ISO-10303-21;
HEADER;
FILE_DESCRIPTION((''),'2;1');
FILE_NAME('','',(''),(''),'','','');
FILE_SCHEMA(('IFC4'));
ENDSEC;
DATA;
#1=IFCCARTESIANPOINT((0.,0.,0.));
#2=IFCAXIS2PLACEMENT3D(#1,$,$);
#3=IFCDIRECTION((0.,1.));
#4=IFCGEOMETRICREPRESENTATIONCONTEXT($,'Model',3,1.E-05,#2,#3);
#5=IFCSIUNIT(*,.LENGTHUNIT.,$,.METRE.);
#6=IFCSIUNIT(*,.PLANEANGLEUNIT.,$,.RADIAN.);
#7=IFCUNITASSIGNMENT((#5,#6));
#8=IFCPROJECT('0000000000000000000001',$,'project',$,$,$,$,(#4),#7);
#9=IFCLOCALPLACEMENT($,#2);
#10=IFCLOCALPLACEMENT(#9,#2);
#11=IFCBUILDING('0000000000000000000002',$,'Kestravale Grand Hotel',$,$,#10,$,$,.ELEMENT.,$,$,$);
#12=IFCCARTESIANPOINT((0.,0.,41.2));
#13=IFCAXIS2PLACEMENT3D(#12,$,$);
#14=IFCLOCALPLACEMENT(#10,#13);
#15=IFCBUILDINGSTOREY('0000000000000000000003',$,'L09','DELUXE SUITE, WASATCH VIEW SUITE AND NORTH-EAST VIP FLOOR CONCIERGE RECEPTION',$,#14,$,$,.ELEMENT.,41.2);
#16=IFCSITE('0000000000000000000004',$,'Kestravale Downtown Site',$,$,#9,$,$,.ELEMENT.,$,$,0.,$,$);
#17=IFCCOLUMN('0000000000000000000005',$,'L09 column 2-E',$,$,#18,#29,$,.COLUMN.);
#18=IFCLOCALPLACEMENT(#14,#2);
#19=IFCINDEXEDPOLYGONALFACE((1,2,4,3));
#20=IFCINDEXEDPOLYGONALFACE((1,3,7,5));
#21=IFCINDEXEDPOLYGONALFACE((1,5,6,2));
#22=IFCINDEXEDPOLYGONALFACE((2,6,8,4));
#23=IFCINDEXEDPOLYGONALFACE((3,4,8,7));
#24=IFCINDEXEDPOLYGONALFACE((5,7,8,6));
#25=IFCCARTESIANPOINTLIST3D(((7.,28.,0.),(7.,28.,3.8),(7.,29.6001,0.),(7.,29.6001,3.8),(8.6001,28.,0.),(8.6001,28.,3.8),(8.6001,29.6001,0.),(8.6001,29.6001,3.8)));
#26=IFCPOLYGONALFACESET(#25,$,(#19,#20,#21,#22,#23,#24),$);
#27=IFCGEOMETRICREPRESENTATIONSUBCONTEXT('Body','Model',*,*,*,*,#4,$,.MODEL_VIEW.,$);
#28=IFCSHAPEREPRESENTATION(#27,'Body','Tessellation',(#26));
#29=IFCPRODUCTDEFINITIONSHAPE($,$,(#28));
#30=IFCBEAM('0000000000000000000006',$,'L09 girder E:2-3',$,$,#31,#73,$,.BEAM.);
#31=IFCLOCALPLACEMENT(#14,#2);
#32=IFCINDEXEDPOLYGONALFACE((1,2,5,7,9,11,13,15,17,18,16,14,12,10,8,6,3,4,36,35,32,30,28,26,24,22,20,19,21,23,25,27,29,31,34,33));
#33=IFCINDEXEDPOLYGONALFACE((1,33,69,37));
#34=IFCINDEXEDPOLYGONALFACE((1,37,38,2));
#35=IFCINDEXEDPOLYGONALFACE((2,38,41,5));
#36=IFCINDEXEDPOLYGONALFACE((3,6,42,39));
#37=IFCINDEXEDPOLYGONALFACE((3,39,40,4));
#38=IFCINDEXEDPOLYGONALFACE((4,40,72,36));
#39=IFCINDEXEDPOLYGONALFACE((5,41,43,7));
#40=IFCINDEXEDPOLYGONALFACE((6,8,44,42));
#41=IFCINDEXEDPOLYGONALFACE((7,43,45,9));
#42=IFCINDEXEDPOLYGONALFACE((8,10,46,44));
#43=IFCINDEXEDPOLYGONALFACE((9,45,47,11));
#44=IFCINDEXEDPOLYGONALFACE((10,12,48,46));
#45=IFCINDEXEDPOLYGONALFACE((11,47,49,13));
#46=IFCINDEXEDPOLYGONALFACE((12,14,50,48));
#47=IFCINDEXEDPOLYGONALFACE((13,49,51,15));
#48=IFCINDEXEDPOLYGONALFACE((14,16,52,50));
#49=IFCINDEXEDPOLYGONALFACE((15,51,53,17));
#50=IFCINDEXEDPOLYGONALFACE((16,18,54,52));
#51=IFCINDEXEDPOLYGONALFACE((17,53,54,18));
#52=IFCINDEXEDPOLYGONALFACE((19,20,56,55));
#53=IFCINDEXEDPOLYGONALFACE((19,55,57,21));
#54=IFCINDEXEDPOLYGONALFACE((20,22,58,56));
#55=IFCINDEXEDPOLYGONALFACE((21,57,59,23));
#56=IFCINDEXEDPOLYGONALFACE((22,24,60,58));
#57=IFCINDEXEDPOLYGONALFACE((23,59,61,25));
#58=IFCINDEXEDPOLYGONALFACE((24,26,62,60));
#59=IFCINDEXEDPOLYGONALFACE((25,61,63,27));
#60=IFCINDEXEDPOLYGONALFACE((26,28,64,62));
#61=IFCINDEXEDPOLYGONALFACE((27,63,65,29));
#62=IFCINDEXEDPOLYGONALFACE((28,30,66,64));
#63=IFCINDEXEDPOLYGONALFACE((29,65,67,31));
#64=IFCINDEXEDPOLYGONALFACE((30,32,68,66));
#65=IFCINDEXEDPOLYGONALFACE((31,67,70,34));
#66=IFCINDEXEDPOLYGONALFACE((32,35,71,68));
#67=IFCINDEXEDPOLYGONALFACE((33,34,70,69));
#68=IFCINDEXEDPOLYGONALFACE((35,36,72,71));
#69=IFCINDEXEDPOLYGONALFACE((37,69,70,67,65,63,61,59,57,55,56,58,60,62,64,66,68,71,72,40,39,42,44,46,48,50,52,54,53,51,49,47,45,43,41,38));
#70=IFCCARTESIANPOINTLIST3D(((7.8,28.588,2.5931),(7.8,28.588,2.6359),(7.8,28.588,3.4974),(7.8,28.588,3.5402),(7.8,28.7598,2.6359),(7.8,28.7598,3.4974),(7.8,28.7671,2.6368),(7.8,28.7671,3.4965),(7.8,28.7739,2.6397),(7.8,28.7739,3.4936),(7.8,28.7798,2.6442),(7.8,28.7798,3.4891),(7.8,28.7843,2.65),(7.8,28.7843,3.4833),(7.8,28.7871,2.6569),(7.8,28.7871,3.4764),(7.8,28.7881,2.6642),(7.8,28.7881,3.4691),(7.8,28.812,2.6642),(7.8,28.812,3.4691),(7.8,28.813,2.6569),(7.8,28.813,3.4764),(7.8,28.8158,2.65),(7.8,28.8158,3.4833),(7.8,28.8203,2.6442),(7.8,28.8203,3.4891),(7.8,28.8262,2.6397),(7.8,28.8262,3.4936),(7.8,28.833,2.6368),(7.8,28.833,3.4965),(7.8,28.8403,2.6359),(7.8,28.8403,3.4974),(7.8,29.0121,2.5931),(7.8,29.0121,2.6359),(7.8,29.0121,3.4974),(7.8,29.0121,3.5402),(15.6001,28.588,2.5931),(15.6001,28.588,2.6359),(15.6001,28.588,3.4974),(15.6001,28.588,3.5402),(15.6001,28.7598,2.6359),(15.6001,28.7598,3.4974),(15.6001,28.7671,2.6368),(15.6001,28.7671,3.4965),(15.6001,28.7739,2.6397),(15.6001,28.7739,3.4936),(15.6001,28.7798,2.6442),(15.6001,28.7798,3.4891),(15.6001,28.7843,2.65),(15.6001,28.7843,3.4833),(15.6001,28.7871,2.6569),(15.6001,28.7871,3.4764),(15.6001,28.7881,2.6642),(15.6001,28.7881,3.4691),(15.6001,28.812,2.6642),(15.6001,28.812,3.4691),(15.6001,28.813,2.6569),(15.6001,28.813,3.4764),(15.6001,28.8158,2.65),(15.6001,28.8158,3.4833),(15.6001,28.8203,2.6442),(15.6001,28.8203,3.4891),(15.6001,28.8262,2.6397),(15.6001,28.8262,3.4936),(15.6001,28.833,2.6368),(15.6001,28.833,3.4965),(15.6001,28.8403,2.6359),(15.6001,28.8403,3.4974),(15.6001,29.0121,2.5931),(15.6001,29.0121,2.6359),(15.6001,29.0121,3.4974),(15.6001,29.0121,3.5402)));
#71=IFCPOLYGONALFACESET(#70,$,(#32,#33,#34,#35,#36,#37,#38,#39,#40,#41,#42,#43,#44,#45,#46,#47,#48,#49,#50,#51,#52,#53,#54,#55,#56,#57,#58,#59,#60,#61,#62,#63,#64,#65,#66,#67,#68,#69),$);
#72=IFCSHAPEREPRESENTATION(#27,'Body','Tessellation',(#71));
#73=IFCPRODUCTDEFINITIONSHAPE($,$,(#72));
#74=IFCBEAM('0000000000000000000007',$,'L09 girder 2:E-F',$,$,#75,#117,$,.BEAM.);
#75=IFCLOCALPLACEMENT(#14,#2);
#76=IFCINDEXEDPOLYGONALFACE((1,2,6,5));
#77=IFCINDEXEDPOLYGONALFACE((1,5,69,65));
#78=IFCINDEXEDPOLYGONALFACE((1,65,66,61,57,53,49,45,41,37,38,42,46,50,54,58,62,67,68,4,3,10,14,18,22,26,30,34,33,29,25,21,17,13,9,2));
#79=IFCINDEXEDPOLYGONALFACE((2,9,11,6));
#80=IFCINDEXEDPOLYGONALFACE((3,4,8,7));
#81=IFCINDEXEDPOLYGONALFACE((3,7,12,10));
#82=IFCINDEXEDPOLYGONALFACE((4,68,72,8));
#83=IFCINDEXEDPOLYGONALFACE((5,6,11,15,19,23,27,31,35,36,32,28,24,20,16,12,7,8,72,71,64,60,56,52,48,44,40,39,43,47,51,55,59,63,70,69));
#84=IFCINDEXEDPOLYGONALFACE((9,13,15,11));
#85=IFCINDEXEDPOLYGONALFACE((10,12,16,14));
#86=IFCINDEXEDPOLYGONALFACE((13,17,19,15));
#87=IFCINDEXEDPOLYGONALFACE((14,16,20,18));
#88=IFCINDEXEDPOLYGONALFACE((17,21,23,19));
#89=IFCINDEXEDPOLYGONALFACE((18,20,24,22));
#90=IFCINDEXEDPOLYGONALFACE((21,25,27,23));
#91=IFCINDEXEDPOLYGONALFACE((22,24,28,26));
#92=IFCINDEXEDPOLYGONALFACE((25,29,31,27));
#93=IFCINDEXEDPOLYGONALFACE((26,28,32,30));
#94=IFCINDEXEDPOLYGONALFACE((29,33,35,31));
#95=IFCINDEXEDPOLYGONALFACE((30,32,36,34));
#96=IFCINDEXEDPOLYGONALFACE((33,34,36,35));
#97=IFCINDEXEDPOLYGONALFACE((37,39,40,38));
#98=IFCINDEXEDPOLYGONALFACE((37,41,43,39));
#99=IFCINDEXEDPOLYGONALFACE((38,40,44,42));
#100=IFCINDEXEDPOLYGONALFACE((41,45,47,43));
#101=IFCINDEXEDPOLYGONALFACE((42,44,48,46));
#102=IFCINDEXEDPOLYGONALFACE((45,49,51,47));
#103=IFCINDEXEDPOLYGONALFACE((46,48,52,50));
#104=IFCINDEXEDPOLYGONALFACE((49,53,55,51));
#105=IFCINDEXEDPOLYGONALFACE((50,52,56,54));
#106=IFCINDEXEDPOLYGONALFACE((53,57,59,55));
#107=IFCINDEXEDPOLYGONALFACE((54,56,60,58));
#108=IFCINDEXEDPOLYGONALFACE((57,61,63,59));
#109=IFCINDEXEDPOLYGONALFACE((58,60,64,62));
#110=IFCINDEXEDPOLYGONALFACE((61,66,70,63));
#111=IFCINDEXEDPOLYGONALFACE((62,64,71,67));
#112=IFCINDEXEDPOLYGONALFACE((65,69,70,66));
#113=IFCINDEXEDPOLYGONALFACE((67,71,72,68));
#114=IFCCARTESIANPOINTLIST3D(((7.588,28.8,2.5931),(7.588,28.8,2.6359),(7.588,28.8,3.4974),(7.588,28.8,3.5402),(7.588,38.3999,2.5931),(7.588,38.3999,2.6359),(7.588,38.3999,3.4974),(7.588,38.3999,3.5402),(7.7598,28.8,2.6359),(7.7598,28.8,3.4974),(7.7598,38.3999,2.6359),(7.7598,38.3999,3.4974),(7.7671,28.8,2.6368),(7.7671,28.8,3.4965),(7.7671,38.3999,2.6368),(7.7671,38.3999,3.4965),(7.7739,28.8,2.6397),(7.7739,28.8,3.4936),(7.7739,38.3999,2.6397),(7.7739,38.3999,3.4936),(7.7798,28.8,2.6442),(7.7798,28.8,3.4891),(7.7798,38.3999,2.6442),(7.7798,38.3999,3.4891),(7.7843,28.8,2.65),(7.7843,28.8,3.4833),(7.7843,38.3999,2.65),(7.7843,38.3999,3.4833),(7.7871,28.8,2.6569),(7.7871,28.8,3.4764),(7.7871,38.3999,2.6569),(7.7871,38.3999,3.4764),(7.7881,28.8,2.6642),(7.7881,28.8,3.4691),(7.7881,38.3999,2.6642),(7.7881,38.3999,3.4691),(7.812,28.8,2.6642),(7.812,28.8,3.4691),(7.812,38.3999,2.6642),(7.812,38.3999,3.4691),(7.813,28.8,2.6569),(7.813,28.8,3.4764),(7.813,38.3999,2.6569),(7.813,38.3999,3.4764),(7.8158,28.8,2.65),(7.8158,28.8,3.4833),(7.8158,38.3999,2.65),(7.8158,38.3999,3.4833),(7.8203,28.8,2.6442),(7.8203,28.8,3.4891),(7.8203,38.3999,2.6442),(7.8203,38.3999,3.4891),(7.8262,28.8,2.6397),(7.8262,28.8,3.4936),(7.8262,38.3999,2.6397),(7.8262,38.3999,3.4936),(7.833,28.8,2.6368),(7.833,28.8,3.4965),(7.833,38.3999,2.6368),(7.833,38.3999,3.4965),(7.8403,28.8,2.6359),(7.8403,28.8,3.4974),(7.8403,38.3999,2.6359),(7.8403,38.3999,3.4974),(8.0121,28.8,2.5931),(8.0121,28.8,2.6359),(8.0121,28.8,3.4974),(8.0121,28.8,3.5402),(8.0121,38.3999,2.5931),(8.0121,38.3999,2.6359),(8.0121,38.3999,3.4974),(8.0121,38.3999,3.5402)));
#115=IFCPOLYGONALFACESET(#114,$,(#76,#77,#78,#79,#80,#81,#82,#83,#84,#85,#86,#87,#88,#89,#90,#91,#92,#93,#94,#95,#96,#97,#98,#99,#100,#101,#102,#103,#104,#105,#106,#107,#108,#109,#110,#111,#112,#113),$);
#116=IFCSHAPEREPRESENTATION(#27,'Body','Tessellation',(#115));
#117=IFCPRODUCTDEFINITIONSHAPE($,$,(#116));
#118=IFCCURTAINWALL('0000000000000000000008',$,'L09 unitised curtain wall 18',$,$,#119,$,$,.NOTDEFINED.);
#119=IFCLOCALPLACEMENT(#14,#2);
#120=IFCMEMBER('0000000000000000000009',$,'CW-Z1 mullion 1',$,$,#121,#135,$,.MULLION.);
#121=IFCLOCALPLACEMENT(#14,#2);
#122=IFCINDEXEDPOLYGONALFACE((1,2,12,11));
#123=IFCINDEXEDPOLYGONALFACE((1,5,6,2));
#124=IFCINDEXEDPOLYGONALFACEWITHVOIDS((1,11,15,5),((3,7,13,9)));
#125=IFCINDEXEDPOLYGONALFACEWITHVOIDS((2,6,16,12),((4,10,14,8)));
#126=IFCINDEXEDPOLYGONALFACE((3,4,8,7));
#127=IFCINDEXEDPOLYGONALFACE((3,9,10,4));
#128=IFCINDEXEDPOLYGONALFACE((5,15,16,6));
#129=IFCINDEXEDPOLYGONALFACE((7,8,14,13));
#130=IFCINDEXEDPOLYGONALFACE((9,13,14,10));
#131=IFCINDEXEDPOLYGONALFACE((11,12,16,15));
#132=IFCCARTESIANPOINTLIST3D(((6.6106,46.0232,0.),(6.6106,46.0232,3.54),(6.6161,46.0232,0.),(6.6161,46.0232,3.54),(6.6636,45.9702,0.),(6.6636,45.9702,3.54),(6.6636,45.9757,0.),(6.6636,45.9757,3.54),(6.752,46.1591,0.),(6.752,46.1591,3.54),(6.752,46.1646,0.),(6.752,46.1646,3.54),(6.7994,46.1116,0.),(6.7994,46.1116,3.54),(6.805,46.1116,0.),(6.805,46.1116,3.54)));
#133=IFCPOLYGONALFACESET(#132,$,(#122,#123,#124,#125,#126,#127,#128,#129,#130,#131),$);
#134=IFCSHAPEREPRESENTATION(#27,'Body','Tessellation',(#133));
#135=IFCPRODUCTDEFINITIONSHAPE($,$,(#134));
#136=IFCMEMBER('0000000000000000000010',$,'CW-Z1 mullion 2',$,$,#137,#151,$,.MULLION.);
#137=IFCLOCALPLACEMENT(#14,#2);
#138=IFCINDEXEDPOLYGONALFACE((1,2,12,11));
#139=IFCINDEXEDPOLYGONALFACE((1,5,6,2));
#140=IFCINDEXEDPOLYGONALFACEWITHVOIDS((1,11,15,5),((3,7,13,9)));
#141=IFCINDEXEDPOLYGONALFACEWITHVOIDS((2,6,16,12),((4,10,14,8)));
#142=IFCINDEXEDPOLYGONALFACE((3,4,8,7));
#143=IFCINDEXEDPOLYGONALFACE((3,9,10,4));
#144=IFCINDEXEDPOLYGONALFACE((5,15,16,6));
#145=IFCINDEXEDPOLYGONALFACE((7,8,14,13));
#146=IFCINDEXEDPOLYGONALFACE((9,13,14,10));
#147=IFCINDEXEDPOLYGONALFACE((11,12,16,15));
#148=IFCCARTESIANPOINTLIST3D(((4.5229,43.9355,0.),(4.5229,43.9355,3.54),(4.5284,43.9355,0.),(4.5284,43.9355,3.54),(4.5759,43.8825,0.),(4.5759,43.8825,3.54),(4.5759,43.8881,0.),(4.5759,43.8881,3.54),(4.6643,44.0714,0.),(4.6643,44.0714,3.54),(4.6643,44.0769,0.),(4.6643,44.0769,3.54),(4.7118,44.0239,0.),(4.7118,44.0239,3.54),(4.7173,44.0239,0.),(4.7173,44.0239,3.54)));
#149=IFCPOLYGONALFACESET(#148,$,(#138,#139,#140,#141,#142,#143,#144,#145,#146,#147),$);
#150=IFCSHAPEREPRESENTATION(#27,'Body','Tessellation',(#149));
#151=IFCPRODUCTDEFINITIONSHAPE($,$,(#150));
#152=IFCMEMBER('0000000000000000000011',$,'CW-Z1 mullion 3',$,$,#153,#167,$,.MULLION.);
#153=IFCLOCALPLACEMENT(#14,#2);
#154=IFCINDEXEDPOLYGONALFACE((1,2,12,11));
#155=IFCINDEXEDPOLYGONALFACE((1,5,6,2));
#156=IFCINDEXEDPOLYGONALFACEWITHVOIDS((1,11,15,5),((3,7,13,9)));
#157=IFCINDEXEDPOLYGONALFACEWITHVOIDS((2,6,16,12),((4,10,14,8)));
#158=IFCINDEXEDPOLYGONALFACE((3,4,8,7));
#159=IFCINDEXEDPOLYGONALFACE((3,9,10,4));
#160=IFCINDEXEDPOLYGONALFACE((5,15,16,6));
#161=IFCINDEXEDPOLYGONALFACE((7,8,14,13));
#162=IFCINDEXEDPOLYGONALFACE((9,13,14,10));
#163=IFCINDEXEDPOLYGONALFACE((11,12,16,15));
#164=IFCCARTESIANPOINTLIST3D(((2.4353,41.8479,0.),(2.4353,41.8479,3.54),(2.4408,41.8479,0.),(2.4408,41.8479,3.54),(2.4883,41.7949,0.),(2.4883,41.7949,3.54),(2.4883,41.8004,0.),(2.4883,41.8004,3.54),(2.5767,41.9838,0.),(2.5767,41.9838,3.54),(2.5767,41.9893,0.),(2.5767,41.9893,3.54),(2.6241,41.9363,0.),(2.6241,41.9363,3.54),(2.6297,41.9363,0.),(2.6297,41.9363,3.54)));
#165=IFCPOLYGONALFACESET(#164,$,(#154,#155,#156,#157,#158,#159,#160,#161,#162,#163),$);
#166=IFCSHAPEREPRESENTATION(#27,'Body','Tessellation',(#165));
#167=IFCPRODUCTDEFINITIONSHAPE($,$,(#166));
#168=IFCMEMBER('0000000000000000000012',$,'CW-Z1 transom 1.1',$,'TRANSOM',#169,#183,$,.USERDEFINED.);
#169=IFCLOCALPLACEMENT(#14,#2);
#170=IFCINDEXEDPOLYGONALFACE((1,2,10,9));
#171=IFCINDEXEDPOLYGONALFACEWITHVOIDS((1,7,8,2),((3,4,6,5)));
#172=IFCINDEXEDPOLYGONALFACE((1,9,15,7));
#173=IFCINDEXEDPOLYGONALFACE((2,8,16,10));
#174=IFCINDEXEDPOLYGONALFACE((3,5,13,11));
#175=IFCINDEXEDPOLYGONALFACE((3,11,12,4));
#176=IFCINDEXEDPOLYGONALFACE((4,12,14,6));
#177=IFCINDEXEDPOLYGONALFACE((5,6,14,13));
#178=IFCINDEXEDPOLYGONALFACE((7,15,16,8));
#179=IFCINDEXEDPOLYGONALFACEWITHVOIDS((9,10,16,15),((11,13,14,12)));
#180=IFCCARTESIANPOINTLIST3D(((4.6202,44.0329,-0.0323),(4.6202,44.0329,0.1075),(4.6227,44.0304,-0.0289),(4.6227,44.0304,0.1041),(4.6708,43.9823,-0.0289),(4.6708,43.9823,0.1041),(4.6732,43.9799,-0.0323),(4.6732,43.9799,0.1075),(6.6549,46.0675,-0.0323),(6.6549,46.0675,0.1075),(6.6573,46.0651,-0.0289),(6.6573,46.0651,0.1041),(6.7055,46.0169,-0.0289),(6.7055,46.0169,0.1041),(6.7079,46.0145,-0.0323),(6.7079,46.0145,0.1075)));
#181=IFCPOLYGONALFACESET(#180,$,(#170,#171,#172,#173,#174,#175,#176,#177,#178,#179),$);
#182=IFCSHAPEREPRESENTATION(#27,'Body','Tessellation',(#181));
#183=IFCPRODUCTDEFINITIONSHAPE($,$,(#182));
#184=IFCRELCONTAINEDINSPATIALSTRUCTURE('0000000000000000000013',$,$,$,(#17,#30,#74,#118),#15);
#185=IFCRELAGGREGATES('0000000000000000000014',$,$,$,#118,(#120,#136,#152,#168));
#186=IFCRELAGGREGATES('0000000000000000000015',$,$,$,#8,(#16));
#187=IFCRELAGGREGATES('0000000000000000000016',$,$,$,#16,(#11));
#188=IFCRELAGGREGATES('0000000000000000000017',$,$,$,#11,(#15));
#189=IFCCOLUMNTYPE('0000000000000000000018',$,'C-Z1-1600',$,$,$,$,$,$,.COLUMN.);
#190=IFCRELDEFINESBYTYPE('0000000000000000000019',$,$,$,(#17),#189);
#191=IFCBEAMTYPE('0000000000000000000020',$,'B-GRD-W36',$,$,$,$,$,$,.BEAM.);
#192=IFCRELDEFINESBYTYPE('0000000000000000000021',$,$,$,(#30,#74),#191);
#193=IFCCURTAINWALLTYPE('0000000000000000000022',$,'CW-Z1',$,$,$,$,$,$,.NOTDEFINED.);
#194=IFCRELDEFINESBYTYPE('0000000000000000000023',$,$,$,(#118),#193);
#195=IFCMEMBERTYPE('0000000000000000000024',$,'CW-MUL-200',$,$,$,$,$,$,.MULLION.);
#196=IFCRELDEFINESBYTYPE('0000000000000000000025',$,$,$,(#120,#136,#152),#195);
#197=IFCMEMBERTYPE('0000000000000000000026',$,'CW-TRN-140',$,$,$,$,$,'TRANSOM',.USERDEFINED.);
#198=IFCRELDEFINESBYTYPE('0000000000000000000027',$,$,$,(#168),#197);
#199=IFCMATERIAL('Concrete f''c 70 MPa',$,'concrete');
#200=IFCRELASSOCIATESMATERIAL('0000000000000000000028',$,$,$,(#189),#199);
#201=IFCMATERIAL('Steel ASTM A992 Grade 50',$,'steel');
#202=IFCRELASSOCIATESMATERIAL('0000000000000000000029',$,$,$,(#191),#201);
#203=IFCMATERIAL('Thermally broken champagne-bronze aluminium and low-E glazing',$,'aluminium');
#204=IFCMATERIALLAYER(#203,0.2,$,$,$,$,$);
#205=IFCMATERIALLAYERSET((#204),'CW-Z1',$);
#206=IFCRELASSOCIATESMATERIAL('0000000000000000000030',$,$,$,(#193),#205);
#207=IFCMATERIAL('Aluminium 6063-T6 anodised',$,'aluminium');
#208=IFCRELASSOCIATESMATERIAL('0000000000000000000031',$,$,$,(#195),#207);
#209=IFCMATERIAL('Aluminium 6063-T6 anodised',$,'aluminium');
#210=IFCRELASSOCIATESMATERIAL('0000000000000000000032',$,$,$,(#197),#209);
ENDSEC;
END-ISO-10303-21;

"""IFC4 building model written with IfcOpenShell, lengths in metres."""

from ifc_helpers import new_model, si_unit, direction, frame, origin, origin_2d, place, context, subcontext, project, spatial, rectangle, hollow_rectangle, i_section, extrude, material, layer, layer_set, material_profile, profile_set, type_object, element, aggregate, save


model = new_model("IFC4")

# Units and contexts
model_context = context("Model", 3, precision=1e-05, world=origin(), true_north=direction((0.0, 1.0)))
body_context = subcontext(model_context, "Body", "Model", "MODEL_VIEW")
ifc_project = project(units=[si_unit("LENGTHUNIT", "METRE"), si_unit("PLANEANGLEUNIT", "RADIAN")], contexts=[model_context])

# Site, building, storey
site_placement = place(None, origin())
site = spatial("IfcSite", under=ifc_project, at=site_placement, Name="Kestravale Downtown Site", CompositionType="ELEMENT", RefElevation=0.0)
building_placement = place(site_placement, origin())
building = spatial("IfcBuilding", under=site, at=building_placement, Name="Kestravale Grand Hotel", CompositionType="ELEMENT")
storey_placement = place(building_placement, frame((0.0, 0.0, 41.2)))
storey = spatial("IfcBuildingStorey", under=building, at=storey_placement, Name="L09", Description="DELUXE SUITE, WASATCH VIEW SUITE AND NORTH-EAST VIP FLOOR CONCIERGE RECEPTION", CompositionType="ELEMENT", Elevation=41.2)

# Column
ifc_material_1 = material(Name="Concrete f'c 70 MPa", Category="concrete")
ifc_material_profile_1 = material_profile(ifc_material_1, rectangle(XDim=1.6001, YDim=1.6001, at=origin_2d()))
ifc_profile_set_1 = profile_set([ifc_material_profile_1], Name="Concrete f'c 70 MPa")
column_type = type_object("IfcColumnType", Name="C-Z1-1600", PredefinedType="COLUMN", material=ifc_profile_set_1)
column_placement = place(storey_placement, frame((7.8, 28.8, 0.0), z_axis=(0.0, 0.0, 1.0), x_axis=(1.0, 0.0, 0.0)))
element("IfcColumn", 1, at=column_placement, inside=storey, type_object=column_type, Name="L09 column 2-E", PredefinedType="COLUMN", context=body_context, shape_type="SweptSolid", body=[
    extrude(rectangle(XDim=1.6001, YDim=1.6001, at=origin_2d()), origin(), (0.0, 0.0, 1.0), 3.8),
])

# Beams
ifc_material_2 = material(Name="Steel ASTM A992 Grade 50", Category="steel")
ifc_material_profile_2 = material_profile(ifc_material_2, i_section(OverallWidth=0.4241, OverallDepth=0.947, WebThickness=0.0239, FlangeThickness=0.0427, FilletRadius=0.0283, at=origin_2d()))
ifc_profile_set_2 = profile_set([ifc_material_profile_2], Name="Steel ASTM A992 Grade 50")
beam_type = type_object("IfcBeamType", Name="B-GRD-W36", PredefinedType="BEAM", material=ifc_profile_set_2)
beam_1_placement = place(storey_placement, frame((7.8, 28.8, 3.0667), z_axis=(1.0, 0.0, 0.0), x_axis=(0.0, 1.0, 0.0)))
element("IfcBeam", 2, at=beam_1_placement, inside=storey, type_object=beam_type, Name="L09 girder E:2-3", PredefinedType="BEAM", context=body_context, shape_type="SweptSolid", body=[
    extrude(i_section(OverallWidth=0.4241, OverallDepth=0.947, WebThickness=0.0239, FlangeThickness=0.0427, FilletRadius=0.0283, at=origin_2d()), origin(), (0.0, 0.0, 1.0), 7.8),
])
beam_2_placement = place(storey_placement, frame((7.8, 28.8, 3.0667), z_axis=(0.0, 1.0, 0.0), x_axis=(-1.0, 0.0, 0.0)))
element("IfcBeam", 3, at=beam_2_placement, inside=storey, type_object=beam_type, Name="L09 girder 2:E-F", PredefinedType="BEAM", context=body_context, shape_type="SweptSolid", body=[
    extrude(i_section(OverallWidth=0.4241, OverallDepth=0.947, WebThickness=0.0239, FlangeThickness=0.0427, FilletRadius=0.0283, at=origin_2d()), origin(), (0.0, 0.0, 1.0), 9.5999),
])

# Curtain wall, members
ifc_material_3 = material(Name="Thermally broken champagne-bronze aluminium and low-E glazing", Category="aluminium")
ifc_layer_1 = layer(ifc_material_3, 0.2)
ifc_layer_set_1 = layer_set([ifc_layer_1], Name="CW-Z1")
curtain_wall_type = type_object("IfcCurtainWallType", Name="CW-Z1", PredefinedType="NOTDEFINED", material=ifc_layer_set_1)
curtain_wall_placement = place(storey_placement, origin())
curtain_wall = element("IfcCurtainWall", 4, at=curtain_wall_placement, inside=storey, type_object=curtain_wall_type, Name="L09 unitised curtain wall 18", PredefinedType="NOTDEFINED")
ifc_material_4 = material(Name="Aluminium 6063-T6 anodised", Category="aluminium")
ifc_material_profile_3 = material_profile(ifc_material_4, hollow_rectangle(XDim=0.075, YDim=0.2, WallThickness=0.0039, at=origin_2d()))
ifc_profile_set_3 = profile_set([ifc_material_profile_3], Name="Aluminium 6063-T6 anodised")
member_type_1 = type_object("IfcMemberType", Name="CW-MUL-200", PredefinedType="MULLION", material=ifc_profile_set_3)
member_1_placement = place(storey_placement, frame((6.7078, 46.0674, 0.0), z_axis=(0.0, 0.0, 1.0), x_axis=(0.707107, -0.707107, 0.0)))
member_1 = element("IfcMember", 5, at=member_1_placement, type_object=member_type_1, Name="CW-Z1 mullion 1", PredefinedType="MULLION", context=body_context, shape_type="SweptSolid", body=[
    extrude(hollow_rectangle(XDim=0.075, YDim=0.2, WallThickness=0.0039, at=origin_2d()), origin(), (0.0, 0.0, 1.0), 3.54),
])
member_2_placement = place(storey_placement, frame((4.6201, 43.9797, 0.0), z_axis=(0.0, 0.0, 1.0), x_axis=(0.707107, -0.707107, 0.0)))
member_2 = element("IfcMember", 6, at=member_2_placement, type_object=member_type_1, Name="CW-Z1 mullion 2", PredefinedType="MULLION", context=body_context, shape_type="SweptSolid", body=[
    extrude(hollow_rectangle(XDim=0.075, YDim=0.2, WallThickness=0.0039, at=origin_2d()), origin(), (0.0, 0.0, 1.0), 3.54),
])
member_3_placement = place(storey_placement, frame((2.5325, 41.8921, 0.0), z_axis=(0.0, 0.0, 1.0), x_axis=(0.707107, -0.707107, 0.0)))
member_3 = element("IfcMember", 7, at=member_3_placement, type_object=member_type_1, Name="CW-Z1 mullion 3", PredefinedType="MULLION", context=body_context, shape_type="SweptSolid", body=[
    extrude(hollow_rectangle(XDim=0.075, YDim=0.2, WallThickness=0.0039, at=origin_2d()), origin(), (0.0, 0.0, 1.0), 3.54),
])
ifc_material_5 = material(Name="Aluminium 6063-T6 anodised", Category="aluminium")
ifc_material_profile_4 = material_profile(ifc_material_5, hollow_rectangle(XDim=0.075, YDim=0.1399, WallThickness=0.0034, at=origin_2d()))
ifc_profile_set_4 = profile_set([ifc_material_profile_4], Name="Aluminium 6063-T6 anodised")
member_type_2 = type_object("IfcMemberType", Name="CW-TRN-140", ElementType="TRANSOM", PredefinedType="USERDEFINED", material=ifc_profile_set_4)
member_4_placement = place(storey_placement, frame((6.6814, 46.041, 0.0376), z_axis=(-0.707107, -0.707107, 0.0), x_axis=(0.707107, -0.707107, 0.0)))
member_4 = element("IfcMember", 8, at=member_4_placement, type_object=member_type_2, Name="CW-Z1 transom 1.1", ObjectType="TRANSOM", PredefinedType="USERDEFINED", context=body_context, shape_type="SweptSolid", body=[
    extrude(hollow_rectangle(XDim=0.075, YDim=0.1399, WallThickness=0.0034, at=origin_2d()), origin(), (0.0, 0.0, 1.0), 2.8774),
])
aggregate(curtain_wall, [member_1, member_2, member_3, member_4])

save(model, "model.ifc")
